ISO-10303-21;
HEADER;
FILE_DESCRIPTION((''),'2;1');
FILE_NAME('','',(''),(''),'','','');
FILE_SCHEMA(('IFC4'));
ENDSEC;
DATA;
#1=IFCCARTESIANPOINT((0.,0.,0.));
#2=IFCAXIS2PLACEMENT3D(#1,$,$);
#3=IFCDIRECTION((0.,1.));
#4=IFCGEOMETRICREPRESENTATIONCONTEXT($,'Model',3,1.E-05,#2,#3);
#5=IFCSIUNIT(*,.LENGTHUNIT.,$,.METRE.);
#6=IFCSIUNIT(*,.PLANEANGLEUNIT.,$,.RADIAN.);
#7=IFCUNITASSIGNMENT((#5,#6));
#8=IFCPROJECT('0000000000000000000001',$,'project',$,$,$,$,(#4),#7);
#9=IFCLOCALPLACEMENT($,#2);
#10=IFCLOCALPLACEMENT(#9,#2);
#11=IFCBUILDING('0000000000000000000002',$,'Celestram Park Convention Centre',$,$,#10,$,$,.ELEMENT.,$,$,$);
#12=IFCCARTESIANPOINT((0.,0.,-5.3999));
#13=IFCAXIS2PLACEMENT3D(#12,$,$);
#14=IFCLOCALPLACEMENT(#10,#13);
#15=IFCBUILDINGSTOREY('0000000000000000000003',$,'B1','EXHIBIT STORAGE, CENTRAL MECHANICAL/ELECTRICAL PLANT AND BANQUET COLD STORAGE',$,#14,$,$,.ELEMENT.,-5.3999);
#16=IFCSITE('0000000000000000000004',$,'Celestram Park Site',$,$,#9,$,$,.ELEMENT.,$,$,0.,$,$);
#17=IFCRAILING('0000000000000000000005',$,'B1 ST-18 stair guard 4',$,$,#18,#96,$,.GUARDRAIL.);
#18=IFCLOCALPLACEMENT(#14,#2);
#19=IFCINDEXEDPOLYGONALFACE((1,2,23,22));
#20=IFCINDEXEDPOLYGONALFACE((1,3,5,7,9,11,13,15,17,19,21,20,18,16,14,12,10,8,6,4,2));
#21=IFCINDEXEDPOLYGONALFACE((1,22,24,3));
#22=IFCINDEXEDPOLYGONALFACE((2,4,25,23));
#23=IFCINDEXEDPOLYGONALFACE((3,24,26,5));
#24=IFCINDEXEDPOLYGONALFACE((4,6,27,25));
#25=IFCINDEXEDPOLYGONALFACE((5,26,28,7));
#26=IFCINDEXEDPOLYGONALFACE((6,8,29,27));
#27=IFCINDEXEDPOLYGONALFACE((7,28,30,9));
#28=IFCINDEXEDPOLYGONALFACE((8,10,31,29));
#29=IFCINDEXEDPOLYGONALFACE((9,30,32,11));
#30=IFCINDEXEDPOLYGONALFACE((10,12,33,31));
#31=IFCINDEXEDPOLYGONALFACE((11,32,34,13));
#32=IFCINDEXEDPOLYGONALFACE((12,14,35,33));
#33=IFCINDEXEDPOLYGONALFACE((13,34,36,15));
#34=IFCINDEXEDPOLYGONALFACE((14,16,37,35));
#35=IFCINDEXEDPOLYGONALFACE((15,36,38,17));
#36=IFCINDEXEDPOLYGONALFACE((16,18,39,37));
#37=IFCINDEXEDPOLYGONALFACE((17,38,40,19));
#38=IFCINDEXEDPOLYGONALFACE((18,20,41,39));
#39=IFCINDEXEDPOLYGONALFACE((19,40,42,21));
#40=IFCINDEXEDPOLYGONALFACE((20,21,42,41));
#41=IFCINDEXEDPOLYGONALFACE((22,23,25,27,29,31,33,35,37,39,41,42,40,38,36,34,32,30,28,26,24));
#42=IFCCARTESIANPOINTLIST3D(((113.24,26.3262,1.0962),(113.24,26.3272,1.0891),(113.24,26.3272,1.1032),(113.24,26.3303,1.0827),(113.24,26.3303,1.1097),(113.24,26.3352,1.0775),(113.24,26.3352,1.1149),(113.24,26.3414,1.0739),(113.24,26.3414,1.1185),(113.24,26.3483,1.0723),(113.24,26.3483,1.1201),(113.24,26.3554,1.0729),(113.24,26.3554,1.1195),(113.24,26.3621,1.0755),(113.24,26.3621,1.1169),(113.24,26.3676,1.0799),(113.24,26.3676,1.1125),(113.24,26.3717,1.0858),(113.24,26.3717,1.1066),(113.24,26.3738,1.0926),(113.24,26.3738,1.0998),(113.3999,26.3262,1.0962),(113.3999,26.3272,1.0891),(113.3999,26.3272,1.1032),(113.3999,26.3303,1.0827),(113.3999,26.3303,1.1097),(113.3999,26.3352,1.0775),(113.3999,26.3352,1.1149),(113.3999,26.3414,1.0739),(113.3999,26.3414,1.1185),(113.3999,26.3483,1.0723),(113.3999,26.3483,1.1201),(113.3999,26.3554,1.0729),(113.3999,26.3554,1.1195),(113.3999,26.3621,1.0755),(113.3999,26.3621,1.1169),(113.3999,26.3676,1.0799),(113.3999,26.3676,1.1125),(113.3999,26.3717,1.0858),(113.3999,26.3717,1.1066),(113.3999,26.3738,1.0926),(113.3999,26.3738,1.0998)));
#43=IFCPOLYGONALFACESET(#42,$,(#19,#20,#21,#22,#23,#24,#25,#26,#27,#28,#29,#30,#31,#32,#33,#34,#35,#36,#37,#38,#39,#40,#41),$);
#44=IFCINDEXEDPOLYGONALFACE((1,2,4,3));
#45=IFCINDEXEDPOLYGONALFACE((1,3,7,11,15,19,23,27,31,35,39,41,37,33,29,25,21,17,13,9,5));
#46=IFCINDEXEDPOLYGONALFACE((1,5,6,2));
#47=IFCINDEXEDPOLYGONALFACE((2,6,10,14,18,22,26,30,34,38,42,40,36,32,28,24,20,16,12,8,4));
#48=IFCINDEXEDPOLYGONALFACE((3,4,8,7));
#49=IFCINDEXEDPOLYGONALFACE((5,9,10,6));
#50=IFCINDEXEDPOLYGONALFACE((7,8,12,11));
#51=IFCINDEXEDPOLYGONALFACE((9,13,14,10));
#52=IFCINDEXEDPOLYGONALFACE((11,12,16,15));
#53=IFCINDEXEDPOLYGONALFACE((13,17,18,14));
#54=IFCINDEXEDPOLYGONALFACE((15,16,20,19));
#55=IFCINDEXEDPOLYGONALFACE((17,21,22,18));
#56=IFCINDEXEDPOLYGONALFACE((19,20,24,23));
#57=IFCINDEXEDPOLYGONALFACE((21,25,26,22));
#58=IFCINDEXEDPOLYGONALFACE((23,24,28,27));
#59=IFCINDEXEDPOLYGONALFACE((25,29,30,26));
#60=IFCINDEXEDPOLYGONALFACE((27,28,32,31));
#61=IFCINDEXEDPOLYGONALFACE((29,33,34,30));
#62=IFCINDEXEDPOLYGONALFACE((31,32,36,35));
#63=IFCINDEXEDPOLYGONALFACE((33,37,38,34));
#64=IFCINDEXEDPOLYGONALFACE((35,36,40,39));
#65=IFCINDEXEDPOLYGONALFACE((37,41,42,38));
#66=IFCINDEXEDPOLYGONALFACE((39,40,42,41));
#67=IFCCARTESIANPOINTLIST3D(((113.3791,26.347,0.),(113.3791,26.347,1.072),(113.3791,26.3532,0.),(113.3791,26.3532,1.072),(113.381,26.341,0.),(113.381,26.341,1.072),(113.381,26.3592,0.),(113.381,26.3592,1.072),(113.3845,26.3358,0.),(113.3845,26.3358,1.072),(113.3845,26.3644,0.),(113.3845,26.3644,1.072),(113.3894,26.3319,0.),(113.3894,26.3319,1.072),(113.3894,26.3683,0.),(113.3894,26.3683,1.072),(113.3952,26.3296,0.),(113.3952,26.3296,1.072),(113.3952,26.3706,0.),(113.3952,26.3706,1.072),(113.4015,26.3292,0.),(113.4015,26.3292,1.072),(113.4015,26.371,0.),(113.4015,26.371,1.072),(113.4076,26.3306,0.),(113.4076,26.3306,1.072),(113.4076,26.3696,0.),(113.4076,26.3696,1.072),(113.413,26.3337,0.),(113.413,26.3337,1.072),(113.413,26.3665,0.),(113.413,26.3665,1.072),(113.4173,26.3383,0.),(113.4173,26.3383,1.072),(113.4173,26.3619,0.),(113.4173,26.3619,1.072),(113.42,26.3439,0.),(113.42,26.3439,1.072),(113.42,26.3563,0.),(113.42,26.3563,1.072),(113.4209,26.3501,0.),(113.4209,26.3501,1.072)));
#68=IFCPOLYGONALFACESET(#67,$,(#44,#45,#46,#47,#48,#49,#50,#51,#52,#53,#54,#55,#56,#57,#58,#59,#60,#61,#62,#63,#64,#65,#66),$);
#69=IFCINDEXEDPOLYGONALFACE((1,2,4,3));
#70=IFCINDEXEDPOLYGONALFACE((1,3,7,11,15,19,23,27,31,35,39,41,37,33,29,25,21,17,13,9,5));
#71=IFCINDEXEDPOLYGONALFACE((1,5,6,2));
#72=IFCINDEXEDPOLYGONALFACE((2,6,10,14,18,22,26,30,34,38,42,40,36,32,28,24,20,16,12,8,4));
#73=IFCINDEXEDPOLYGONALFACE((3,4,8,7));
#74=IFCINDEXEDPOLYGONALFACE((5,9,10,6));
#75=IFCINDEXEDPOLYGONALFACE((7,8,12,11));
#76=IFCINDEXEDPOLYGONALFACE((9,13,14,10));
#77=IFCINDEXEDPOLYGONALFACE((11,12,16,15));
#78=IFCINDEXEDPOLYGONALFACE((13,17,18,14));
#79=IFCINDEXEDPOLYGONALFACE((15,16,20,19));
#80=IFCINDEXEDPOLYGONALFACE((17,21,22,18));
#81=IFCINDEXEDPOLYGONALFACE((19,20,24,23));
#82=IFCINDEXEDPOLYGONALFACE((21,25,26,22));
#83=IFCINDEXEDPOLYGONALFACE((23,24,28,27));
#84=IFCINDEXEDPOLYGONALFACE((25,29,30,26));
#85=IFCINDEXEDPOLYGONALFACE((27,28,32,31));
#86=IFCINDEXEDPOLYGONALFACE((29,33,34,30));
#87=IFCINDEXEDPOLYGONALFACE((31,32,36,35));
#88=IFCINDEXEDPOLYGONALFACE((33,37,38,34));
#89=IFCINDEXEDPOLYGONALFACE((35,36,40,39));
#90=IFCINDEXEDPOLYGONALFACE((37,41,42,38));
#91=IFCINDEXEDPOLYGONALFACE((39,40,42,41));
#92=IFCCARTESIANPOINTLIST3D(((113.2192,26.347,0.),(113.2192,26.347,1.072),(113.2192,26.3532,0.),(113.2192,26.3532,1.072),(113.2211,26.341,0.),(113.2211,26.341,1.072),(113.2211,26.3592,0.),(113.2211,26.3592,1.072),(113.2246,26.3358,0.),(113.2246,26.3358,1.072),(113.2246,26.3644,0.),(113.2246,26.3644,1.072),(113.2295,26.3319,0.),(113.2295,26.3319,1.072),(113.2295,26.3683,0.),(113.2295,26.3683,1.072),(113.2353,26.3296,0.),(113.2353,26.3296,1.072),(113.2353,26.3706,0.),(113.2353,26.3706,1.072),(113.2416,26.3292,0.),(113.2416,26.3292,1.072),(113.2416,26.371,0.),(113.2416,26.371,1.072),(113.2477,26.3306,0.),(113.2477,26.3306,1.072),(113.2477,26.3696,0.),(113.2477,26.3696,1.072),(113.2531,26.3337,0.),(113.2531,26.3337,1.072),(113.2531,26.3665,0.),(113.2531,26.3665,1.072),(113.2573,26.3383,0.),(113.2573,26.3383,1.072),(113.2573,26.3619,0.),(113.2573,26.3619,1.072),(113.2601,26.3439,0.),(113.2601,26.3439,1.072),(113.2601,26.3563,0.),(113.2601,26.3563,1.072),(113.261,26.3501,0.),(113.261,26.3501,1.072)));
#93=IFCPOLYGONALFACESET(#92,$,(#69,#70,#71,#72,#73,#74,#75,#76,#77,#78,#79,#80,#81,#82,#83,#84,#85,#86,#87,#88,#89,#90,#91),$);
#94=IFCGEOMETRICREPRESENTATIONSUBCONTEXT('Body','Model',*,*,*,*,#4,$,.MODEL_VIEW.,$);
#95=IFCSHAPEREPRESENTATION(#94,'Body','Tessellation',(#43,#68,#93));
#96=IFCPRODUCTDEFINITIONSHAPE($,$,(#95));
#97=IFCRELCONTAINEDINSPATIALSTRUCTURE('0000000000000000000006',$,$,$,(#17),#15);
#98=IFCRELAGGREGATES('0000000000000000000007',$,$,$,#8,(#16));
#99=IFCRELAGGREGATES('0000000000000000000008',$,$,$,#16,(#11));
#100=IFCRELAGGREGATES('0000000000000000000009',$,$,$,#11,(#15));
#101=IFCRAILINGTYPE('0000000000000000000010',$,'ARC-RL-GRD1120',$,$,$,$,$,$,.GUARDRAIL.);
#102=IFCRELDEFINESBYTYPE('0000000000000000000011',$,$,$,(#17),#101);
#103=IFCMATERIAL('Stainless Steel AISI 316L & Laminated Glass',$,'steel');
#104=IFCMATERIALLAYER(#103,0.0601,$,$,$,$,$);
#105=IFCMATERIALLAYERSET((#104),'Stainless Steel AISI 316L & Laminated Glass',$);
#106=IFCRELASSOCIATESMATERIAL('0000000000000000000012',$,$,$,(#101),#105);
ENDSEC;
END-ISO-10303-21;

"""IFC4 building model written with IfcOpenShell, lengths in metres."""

from ifc_helpers import new_model, si_unit, direction, frame, origin, origin_2d, place, context, subcontext, project, spatial, circle, extrude, material, layer, layer_set, type_object, element, save


model = new_model("IFC4")

# Units and contexts
model_context = context("Model", 3, precision=1e-05, world=origin(), true_north=direction((0.0, 1.0)))
body_context = subcontext(model_context, "Body", "Model", "MODEL_VIEW")
ifc_project = project(units=[si_unit("LENGTHUNIT", "METRE"), si_unit("PLANEANGLEUNIT", "RADIAN")], contexts=[model_context])

# Site, building, storey
site_placement = place(None, origin())
site = spatial("IfcSite", under=ifc_project, at=site_placement, Name="Celestram Park Site", CompositionType="ELEMENT", RefElevation=0.0)
building_placement = place(site_placement, origin())
building = spatial("IfcBuilding", under=site, at=building_placement, Name="Celestram Park Convention Centre", CompositionType="ELEMENT")
storey_placement = place(building_placement, frame((0.0, 0.0, -5.3999)))
storey = spatial("IfcBuildingStorey", under=building, at=storey_placement, Name="B1", Description="EXHIBIT STORAGE, CENTRAL MECHANICAL/ELECTRICAL PLANT AND BANQUET COLD STORAGE", CompositionType="ELEMENT", Elevation=-5.3999)

# Railing
ifc_material_1 = material(Name="Stainless Steel AISI 316L & Laminated Glass", Category="steel")
ifc_layer_1 = layer(ifc_material_1, 0.0601)
ifc_layer_set_1 = layer_set([ifc_layer_1], Name="Stainless Steel AISI 316L & Laminated Glass")
railing_type_1 = type_object("IfcRailingType", Name="ARC-RL-GRD1120", PredefinedType="GUARDRAIL", material=ifc_layer_set_1)
railing_1_placement = place(storey_placement, frame((113.3999, 26.3501, 0.0)))
element("IfcRailing", 1, at=railing_1_placement, inside=storey, type_object=railing_type_1, Name="B1 ST-18 stair guard 4", PredefinedType="GUARDRAIL", context=body_context, shape_type="SweptSolid", body=[
    extrude(circle(Radius=0.0239, at=origin_2d()), frame((0.0, 0.0, 1.0962), z_axis=(-1.0, 0.0, 0.0), x_axis=(0.0, -1.0, 0.0)), (0.0, 0.0, 1.0), 0.1599),
    extrude(circle(Radius=0.021, at=origin_2d()), origin(), (0.0, 0.0, 1.0), 1.072),
    extrude(circle(Radius=0.021, at=origin_2d()), frame((-0.1599, 0.0, 0.0)), (0.0, 0.0, 1.0), 1.072),
])

save(model, "model.ifc")
